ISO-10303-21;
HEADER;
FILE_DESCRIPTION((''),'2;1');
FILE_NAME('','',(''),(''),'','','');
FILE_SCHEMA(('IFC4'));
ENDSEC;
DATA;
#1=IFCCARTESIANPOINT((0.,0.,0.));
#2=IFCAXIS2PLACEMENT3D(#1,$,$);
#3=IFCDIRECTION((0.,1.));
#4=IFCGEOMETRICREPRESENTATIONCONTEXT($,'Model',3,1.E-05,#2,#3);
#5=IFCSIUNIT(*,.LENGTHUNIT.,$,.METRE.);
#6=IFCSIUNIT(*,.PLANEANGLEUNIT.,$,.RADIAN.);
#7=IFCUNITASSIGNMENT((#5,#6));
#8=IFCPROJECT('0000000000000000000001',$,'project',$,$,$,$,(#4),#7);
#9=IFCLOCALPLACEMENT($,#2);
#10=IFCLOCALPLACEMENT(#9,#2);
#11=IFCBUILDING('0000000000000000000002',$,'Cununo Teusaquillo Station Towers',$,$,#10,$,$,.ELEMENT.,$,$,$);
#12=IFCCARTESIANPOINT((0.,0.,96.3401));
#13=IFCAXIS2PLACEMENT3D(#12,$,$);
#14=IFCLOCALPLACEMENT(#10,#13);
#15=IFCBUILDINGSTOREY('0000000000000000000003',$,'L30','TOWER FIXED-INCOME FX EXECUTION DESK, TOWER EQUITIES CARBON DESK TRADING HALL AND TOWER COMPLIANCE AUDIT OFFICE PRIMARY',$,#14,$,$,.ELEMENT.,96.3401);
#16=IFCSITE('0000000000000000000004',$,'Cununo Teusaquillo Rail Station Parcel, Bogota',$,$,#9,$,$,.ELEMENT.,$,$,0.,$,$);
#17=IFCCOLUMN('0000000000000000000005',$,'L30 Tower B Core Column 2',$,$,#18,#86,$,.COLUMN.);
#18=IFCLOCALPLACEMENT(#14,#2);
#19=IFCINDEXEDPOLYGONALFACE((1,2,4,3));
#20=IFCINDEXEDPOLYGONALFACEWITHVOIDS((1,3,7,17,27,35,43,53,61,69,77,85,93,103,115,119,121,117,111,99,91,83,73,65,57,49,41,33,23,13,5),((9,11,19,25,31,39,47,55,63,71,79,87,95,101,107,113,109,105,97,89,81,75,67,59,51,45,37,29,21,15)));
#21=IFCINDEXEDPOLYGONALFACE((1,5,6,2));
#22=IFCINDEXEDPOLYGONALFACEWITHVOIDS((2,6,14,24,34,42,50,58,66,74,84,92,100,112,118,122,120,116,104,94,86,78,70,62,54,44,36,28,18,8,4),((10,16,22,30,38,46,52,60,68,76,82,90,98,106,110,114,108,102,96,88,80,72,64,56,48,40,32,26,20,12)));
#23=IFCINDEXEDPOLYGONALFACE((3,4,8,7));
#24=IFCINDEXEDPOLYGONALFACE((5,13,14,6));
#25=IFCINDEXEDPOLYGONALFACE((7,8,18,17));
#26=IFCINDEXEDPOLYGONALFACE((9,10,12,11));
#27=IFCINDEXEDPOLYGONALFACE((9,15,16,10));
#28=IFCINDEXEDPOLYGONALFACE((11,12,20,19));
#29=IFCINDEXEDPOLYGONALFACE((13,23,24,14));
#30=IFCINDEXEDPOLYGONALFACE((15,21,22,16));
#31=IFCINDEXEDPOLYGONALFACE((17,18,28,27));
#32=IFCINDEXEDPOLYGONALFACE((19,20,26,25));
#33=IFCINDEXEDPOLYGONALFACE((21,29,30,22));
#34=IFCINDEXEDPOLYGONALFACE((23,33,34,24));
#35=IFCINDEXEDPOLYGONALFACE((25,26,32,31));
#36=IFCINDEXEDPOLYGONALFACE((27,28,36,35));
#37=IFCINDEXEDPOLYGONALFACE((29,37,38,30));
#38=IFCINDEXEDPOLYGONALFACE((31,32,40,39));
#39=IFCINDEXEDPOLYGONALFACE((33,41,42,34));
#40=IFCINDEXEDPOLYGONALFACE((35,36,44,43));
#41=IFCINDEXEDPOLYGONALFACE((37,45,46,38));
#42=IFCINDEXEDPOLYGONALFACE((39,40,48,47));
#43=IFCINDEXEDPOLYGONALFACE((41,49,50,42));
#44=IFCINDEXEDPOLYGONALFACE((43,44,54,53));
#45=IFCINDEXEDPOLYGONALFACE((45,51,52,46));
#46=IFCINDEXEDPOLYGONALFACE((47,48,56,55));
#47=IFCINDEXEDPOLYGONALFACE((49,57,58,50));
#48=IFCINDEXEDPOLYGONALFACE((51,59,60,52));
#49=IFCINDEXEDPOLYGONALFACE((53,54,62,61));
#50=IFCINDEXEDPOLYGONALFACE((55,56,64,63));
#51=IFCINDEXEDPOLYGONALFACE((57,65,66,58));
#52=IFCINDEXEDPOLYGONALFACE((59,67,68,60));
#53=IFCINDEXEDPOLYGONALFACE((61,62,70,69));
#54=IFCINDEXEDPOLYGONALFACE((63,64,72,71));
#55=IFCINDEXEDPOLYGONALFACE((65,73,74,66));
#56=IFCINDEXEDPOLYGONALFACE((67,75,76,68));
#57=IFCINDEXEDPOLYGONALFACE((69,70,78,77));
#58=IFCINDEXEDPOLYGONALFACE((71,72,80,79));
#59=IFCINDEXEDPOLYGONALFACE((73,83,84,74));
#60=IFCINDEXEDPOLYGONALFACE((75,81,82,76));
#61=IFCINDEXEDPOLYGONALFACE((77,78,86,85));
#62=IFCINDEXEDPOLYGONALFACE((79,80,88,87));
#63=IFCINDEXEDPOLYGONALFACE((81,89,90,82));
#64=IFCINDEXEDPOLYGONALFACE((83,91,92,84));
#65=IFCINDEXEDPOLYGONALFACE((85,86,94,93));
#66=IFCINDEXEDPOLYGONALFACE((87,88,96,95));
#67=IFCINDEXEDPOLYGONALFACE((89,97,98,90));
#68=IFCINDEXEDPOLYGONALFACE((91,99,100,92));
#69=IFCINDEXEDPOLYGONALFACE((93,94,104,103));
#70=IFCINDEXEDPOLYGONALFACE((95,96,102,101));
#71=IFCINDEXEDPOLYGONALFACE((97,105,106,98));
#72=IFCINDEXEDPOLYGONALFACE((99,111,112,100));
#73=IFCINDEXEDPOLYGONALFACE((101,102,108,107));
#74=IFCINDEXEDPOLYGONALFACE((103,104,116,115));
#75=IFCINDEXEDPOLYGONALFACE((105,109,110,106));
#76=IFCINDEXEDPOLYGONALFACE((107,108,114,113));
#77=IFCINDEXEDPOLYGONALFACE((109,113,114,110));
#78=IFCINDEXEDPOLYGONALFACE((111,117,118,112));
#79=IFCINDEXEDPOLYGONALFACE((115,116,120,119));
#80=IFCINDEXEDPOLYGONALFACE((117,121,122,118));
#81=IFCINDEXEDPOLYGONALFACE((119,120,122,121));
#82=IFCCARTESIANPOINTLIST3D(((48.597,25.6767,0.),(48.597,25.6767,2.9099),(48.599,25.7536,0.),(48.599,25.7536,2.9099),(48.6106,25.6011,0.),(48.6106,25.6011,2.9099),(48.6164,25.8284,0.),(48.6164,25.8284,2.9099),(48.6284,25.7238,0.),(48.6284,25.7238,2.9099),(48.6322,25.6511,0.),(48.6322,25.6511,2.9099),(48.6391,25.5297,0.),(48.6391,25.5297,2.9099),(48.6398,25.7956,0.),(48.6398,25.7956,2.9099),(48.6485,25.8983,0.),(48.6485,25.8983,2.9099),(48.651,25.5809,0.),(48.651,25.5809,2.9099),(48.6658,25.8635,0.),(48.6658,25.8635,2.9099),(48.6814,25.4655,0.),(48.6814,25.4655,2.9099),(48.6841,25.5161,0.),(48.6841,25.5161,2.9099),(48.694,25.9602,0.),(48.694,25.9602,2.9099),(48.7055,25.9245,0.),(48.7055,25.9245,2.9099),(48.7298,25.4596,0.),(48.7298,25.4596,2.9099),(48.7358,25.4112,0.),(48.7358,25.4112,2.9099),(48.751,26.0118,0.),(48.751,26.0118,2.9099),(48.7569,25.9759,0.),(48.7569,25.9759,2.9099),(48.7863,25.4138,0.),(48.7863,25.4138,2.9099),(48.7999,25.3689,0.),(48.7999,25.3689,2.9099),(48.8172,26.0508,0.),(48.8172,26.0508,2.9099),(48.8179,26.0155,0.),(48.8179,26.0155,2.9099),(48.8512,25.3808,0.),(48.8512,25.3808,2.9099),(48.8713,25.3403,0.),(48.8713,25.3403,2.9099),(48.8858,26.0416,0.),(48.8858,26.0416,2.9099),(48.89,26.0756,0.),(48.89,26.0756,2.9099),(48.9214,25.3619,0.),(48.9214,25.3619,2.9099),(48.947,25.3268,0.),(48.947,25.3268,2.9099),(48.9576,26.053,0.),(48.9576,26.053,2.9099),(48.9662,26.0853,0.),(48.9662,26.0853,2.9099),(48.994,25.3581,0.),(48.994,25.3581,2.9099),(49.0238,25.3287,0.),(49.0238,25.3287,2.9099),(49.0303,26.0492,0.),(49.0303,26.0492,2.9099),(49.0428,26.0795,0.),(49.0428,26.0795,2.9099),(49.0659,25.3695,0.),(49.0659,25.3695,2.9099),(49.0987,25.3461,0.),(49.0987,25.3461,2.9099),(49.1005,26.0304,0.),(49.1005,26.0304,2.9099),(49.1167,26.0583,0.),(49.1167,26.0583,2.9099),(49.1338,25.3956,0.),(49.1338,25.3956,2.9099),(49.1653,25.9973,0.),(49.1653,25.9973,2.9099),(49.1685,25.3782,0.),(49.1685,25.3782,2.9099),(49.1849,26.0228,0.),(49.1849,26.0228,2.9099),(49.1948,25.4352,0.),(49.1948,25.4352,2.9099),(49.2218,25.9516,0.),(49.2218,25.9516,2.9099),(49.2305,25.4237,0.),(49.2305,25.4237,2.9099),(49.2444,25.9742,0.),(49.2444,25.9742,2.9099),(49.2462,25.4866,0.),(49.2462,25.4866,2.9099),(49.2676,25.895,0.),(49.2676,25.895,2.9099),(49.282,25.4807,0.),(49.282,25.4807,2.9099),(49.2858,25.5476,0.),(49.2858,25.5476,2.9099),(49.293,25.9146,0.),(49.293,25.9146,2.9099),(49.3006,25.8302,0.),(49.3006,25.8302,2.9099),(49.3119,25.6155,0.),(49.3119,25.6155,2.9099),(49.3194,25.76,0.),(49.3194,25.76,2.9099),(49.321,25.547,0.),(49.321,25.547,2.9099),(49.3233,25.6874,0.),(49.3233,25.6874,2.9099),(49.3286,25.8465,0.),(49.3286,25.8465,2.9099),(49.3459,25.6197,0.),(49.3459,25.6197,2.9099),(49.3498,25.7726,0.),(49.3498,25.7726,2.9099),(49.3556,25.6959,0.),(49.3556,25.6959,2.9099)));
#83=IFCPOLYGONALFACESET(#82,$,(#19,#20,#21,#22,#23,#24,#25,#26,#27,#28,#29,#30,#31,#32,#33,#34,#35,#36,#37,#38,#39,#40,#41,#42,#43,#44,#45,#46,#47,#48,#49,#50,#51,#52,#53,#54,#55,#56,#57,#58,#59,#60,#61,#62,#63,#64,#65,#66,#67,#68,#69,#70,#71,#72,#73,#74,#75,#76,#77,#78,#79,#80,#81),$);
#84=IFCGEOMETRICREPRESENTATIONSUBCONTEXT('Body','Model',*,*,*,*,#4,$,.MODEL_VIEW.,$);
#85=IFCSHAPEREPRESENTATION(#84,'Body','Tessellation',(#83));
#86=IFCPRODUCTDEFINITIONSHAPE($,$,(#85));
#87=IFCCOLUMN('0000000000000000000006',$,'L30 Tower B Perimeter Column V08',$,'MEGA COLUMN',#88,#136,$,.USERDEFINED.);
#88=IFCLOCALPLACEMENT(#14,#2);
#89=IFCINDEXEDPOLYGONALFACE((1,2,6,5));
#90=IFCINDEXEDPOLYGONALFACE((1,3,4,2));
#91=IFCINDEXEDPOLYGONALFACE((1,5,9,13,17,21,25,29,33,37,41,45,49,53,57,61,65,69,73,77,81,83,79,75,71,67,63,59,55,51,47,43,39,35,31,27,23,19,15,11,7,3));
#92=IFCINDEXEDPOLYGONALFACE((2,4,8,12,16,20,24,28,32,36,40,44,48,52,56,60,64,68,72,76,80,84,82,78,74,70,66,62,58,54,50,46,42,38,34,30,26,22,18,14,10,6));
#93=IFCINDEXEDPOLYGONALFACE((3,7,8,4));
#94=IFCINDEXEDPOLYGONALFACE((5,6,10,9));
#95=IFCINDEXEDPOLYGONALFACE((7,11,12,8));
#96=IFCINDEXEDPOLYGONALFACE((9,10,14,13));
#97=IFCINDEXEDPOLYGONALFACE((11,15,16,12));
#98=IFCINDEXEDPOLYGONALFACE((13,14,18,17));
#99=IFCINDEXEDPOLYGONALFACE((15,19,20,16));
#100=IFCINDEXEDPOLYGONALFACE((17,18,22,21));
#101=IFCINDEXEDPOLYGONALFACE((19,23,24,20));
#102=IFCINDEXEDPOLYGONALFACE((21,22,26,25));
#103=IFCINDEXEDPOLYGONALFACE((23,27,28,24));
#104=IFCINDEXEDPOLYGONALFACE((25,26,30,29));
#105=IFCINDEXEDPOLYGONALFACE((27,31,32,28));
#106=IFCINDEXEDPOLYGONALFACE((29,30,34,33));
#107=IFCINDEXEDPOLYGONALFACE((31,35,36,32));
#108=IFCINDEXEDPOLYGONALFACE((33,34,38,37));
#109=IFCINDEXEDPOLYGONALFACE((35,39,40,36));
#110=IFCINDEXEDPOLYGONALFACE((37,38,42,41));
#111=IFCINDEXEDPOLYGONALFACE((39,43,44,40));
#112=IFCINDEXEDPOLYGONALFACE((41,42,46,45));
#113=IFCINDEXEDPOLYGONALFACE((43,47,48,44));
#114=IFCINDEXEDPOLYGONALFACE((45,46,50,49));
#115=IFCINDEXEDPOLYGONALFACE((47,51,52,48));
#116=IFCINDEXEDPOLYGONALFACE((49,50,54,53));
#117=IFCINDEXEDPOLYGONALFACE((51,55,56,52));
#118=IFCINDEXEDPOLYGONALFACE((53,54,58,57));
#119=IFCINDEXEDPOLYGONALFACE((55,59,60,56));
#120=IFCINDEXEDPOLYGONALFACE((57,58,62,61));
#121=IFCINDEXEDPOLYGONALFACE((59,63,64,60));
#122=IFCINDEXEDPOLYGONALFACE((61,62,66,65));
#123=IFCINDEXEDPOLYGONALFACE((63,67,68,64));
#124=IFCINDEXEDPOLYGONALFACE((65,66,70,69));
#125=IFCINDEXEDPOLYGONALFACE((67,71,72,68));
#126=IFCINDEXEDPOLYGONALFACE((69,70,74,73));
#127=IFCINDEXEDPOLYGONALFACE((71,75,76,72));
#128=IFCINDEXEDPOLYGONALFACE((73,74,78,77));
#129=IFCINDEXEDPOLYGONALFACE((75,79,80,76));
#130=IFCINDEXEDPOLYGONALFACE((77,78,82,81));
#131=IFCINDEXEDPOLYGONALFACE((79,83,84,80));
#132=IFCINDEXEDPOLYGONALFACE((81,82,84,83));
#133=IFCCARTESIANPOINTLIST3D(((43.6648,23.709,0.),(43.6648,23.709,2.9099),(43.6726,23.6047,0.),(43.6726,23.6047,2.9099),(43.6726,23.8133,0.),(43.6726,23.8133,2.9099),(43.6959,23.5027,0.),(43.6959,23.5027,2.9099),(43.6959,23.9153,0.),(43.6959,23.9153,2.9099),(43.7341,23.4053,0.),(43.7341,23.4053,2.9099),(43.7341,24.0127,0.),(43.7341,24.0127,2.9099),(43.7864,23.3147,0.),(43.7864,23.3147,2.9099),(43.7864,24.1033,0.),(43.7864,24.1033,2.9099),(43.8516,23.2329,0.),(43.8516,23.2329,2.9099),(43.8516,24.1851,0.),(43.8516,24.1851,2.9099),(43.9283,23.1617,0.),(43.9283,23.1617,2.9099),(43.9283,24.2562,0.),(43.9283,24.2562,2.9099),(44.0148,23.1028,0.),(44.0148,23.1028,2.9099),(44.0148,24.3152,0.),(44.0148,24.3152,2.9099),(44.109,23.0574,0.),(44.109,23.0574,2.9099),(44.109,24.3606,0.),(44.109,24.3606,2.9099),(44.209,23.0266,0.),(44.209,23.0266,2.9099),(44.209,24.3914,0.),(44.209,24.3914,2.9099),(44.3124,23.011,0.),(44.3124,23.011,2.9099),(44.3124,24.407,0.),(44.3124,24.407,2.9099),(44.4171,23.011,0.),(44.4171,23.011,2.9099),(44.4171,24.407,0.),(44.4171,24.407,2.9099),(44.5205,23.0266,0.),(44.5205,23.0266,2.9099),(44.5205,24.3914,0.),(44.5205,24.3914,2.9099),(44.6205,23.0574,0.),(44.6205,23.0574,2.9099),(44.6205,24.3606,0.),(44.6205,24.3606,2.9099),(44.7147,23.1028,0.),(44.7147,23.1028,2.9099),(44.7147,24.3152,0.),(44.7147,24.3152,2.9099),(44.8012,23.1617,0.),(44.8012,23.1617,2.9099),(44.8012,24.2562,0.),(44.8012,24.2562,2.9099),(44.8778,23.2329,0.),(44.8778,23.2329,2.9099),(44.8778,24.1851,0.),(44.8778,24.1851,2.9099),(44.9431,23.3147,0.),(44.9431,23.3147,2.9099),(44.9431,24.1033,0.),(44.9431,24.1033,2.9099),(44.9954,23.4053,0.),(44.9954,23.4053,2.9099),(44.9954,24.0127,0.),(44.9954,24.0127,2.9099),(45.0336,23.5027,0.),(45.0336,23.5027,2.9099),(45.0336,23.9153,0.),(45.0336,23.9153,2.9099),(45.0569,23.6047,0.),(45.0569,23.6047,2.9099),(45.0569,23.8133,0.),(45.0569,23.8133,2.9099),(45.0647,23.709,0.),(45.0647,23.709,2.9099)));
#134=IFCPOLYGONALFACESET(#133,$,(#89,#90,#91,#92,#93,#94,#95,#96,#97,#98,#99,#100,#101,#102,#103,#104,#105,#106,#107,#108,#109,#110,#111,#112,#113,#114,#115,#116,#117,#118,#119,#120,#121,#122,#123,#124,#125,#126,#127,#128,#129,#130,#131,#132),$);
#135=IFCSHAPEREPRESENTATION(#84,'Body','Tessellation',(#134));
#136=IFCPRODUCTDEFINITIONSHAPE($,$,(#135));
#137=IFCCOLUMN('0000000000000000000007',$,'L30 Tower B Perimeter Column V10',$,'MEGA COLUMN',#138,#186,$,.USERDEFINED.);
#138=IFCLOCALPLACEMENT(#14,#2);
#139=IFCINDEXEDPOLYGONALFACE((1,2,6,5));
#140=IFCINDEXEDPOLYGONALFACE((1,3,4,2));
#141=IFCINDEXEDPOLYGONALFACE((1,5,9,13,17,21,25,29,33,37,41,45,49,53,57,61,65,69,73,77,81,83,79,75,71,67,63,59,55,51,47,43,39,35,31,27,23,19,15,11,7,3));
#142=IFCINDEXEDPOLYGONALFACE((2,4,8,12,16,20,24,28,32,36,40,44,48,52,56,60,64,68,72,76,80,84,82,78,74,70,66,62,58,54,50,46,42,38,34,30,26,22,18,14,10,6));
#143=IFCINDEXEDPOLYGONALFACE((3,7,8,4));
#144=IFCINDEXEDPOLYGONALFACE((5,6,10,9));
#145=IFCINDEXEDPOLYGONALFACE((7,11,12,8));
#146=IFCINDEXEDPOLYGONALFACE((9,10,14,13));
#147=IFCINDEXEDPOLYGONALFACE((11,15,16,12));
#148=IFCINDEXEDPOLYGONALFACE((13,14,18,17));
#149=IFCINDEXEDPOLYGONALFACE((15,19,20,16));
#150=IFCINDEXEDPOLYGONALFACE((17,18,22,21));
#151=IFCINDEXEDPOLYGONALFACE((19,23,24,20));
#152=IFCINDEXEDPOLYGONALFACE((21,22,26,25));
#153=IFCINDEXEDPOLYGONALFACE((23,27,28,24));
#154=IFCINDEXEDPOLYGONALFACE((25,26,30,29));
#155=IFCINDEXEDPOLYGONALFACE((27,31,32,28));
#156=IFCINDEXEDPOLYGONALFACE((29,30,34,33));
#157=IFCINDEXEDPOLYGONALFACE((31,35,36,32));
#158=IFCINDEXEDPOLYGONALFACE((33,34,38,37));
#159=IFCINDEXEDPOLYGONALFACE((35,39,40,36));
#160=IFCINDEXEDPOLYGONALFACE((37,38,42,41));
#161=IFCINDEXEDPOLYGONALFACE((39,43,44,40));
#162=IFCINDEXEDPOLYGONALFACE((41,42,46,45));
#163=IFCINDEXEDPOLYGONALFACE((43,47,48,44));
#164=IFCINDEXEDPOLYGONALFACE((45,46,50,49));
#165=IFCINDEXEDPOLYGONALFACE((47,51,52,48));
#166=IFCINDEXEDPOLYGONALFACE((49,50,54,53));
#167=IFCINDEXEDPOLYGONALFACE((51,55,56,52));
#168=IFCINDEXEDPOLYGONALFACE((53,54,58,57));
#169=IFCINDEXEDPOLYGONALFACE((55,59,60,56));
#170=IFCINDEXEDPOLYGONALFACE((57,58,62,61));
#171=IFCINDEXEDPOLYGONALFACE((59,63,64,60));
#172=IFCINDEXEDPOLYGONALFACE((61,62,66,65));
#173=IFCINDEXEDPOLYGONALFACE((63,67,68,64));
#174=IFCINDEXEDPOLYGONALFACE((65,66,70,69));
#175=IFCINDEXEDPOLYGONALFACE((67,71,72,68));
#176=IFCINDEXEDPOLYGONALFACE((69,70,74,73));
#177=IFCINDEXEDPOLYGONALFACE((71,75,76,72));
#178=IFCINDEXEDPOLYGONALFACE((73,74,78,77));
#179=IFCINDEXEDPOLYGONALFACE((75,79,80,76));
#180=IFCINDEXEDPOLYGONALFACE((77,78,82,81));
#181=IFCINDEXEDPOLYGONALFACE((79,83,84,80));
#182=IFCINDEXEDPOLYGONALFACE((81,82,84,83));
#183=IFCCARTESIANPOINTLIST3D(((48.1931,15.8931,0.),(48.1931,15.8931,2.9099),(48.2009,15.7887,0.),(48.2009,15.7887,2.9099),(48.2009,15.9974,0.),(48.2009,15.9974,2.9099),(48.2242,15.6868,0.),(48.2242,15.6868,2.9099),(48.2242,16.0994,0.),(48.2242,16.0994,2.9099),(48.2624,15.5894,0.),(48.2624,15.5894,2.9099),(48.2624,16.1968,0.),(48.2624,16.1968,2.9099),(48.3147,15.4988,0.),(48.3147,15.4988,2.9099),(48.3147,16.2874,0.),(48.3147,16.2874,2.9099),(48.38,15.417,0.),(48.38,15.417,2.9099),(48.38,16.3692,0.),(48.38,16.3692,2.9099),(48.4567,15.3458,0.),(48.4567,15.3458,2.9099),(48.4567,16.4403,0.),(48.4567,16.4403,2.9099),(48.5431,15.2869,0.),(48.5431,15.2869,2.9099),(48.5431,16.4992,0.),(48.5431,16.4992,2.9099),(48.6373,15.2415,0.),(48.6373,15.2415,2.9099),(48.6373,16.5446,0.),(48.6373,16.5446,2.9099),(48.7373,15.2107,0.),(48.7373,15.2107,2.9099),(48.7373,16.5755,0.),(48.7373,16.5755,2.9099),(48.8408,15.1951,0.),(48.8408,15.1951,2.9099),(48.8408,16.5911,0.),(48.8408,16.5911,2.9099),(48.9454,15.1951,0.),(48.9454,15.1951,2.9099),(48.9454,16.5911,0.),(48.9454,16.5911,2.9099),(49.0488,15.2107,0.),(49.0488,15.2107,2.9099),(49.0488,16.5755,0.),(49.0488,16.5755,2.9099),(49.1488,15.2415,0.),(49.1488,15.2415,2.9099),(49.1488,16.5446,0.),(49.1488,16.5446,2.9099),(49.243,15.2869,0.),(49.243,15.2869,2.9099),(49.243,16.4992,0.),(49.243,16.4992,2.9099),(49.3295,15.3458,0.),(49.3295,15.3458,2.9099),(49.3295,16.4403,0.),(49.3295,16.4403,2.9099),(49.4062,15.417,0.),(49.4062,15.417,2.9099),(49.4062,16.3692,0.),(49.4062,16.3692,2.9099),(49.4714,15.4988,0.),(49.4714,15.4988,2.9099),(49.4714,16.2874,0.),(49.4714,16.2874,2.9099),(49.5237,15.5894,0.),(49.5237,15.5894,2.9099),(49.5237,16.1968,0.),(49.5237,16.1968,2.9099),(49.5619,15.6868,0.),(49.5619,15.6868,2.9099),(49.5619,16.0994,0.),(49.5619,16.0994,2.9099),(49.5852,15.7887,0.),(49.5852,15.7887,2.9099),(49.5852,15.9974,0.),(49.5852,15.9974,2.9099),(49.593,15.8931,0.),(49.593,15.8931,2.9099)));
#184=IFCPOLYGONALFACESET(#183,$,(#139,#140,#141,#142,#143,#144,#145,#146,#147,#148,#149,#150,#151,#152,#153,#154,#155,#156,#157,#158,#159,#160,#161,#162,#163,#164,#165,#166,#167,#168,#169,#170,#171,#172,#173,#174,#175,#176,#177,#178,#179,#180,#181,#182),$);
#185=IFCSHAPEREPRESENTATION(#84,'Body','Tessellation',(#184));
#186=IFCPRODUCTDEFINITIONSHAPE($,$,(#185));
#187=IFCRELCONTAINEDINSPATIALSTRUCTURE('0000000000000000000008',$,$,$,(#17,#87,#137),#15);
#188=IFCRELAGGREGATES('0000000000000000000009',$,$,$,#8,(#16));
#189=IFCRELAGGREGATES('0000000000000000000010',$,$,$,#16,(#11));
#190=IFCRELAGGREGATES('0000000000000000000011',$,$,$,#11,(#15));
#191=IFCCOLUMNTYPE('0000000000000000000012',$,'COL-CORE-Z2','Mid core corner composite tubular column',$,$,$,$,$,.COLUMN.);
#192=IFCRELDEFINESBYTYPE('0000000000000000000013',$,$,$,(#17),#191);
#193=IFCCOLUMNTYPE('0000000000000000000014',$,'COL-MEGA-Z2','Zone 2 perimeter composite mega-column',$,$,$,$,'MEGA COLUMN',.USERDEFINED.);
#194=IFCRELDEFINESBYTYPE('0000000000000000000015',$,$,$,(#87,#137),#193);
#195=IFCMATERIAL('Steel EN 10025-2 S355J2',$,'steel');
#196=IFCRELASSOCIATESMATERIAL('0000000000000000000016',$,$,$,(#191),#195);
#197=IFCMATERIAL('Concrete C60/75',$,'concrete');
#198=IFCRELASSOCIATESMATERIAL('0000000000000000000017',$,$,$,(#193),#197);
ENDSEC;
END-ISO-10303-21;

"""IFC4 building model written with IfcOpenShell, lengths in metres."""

from ifc_helpers import new_model, si_unit, direction, frame, origin, origin_2d, place, context, subcontext, project, spatial, circle, hollow_circle, extrude, material, material_profile, profile_set, type_object, element, save


model = new_model("IFC4")

# Units and contexts
model_context = context("Model", 3, precision=1e-05, world=origin(), true_north=direction((0.0, 1.0)))
body_context = subcontext(model_context, "Body", "Model", "MODEL_VIEW")
ifc_project = project(units=[si_unit("LENGTHUNIT", "METRE"), si_unit("PLANEANGLEUNIT", "RADIAN")], contexts=[model_context])

# Site, building, storey
site_placement = place(None, origin())
site = spatial("IfcSite", under=ifc_project, at=site_placement, Name="Cununo Teusaquillo Rail Station Parcel, Bogota", CompositionType="ELEMENT", RefElevation=0.0)
building_placement = place(site_placement, origin())
building = spatial("IfcBuilding", under=site, at=building_placement, Name="Cununo Teusaquillo Station Towers", CompositionType="ELEMENT")
storey_placement = place(building_placement, frame((0.0, 0.0, 96.3401)))
storey = spatial("IfcBuildingStorey", under=building, at=storey_placement, Name="L30", Description="TOWER FIXED-INCOME FX EXECUTION DESK, TOWER EQUITIES CARBON DESK TRADING HALL AND TOWER COMPLIANCE AUDIT OFFICE PRIMARY", CompositionType="ELEMENT", Elevation=96.3401)

# Columns
ifc_material_1 = material(Name="Steel EN 10025-2 S355J2", Category="steel")
ifc_material_profile_1 = material_profile(ifc_material_1, hollow_circle(Radius=0.3799, WallThickness=0.032, at=origin_2d()), Name="CHS 760x32")
ifc_profile_set_1 = profile_set([ifc_material_profile_1], Name="Steel EN 10025-2 S355J2")
column_type_1 = type_object("IfcColumnType", Name="COL-CORE-Z2", Description="Mid core corner composite tubular column", PredefinedType="COLUMN", material=ifc_profile_set_1)
column_placement = place(storey_placement, frame((48.9758, 25.7056, 0.0), z_axis=(0.0, 0.0, 1.0), x_axis=(0.707107, 0.707107, 0.0)))
element("IfcColumn", 1, at=column_placement, inside=storey, type_object=column_type_1, Name="L30 Tower B Core Column 2", PredefinedType="COLUMN", context=body_context, shape_type="SweptSolid", body=[
    extrude(hollow_circle(Radius=0.3799, WallThickness=0.032, at=origin_2d()), origin(), (0.0, 0.0, 1.0), 2.9099),
])
ifc_material_2 = material(Name="Concrete C60/75", Category="concrete")
ifc_material_profile_2 = material_profile(ifc_material_2, circle(Radius=0.7, at=origin_2d()), Name="RC-CIRC-1400")
ifc_profile_set_2 = profile_set([ifc_material_profile_2], Name="Concrete C60/75")
column_type_2 = type_object("IfcColumnType", Name="COL-MEGA-Z2", Description="Zone 2 perimeter composite mega-column", ElementType="MEGA COLUMN", PredefinedType="USERDEFINED", material=ifc_profile_set_2)
for number, where, z_axis, x_axis, name in (
    (2, (44.3647, 23.709, 0.0), (0.0, 0.0, 1.0), (1.0, 0.0, 0.0), "L30 Tower B Perimeter Column V08"),
    (3, (48.8931, 15.8931, 0.0), (0.0, 0.0, 1.0), (1.0, 0.0, 0.0), "L30 Tower B Perimeter Column V10"),
):
    element("IfcColumn", number, at=place(storey_placement, frame(where, z_axis=z_axis, x_axis=x_axis)), inside=storey, type_object=column_type_2, Name=name, ObjectType="MEGA COLUMN", PredefinedType="USERDEFINED", context=body_context, shape_type="SweptSolid", body=[
        extrude(circle(Radius=0.7, at=origin_2d()), origin(), (0.0, 0.0, 1.0), 2.9099),
    ])

save(model, "model.ifc")
